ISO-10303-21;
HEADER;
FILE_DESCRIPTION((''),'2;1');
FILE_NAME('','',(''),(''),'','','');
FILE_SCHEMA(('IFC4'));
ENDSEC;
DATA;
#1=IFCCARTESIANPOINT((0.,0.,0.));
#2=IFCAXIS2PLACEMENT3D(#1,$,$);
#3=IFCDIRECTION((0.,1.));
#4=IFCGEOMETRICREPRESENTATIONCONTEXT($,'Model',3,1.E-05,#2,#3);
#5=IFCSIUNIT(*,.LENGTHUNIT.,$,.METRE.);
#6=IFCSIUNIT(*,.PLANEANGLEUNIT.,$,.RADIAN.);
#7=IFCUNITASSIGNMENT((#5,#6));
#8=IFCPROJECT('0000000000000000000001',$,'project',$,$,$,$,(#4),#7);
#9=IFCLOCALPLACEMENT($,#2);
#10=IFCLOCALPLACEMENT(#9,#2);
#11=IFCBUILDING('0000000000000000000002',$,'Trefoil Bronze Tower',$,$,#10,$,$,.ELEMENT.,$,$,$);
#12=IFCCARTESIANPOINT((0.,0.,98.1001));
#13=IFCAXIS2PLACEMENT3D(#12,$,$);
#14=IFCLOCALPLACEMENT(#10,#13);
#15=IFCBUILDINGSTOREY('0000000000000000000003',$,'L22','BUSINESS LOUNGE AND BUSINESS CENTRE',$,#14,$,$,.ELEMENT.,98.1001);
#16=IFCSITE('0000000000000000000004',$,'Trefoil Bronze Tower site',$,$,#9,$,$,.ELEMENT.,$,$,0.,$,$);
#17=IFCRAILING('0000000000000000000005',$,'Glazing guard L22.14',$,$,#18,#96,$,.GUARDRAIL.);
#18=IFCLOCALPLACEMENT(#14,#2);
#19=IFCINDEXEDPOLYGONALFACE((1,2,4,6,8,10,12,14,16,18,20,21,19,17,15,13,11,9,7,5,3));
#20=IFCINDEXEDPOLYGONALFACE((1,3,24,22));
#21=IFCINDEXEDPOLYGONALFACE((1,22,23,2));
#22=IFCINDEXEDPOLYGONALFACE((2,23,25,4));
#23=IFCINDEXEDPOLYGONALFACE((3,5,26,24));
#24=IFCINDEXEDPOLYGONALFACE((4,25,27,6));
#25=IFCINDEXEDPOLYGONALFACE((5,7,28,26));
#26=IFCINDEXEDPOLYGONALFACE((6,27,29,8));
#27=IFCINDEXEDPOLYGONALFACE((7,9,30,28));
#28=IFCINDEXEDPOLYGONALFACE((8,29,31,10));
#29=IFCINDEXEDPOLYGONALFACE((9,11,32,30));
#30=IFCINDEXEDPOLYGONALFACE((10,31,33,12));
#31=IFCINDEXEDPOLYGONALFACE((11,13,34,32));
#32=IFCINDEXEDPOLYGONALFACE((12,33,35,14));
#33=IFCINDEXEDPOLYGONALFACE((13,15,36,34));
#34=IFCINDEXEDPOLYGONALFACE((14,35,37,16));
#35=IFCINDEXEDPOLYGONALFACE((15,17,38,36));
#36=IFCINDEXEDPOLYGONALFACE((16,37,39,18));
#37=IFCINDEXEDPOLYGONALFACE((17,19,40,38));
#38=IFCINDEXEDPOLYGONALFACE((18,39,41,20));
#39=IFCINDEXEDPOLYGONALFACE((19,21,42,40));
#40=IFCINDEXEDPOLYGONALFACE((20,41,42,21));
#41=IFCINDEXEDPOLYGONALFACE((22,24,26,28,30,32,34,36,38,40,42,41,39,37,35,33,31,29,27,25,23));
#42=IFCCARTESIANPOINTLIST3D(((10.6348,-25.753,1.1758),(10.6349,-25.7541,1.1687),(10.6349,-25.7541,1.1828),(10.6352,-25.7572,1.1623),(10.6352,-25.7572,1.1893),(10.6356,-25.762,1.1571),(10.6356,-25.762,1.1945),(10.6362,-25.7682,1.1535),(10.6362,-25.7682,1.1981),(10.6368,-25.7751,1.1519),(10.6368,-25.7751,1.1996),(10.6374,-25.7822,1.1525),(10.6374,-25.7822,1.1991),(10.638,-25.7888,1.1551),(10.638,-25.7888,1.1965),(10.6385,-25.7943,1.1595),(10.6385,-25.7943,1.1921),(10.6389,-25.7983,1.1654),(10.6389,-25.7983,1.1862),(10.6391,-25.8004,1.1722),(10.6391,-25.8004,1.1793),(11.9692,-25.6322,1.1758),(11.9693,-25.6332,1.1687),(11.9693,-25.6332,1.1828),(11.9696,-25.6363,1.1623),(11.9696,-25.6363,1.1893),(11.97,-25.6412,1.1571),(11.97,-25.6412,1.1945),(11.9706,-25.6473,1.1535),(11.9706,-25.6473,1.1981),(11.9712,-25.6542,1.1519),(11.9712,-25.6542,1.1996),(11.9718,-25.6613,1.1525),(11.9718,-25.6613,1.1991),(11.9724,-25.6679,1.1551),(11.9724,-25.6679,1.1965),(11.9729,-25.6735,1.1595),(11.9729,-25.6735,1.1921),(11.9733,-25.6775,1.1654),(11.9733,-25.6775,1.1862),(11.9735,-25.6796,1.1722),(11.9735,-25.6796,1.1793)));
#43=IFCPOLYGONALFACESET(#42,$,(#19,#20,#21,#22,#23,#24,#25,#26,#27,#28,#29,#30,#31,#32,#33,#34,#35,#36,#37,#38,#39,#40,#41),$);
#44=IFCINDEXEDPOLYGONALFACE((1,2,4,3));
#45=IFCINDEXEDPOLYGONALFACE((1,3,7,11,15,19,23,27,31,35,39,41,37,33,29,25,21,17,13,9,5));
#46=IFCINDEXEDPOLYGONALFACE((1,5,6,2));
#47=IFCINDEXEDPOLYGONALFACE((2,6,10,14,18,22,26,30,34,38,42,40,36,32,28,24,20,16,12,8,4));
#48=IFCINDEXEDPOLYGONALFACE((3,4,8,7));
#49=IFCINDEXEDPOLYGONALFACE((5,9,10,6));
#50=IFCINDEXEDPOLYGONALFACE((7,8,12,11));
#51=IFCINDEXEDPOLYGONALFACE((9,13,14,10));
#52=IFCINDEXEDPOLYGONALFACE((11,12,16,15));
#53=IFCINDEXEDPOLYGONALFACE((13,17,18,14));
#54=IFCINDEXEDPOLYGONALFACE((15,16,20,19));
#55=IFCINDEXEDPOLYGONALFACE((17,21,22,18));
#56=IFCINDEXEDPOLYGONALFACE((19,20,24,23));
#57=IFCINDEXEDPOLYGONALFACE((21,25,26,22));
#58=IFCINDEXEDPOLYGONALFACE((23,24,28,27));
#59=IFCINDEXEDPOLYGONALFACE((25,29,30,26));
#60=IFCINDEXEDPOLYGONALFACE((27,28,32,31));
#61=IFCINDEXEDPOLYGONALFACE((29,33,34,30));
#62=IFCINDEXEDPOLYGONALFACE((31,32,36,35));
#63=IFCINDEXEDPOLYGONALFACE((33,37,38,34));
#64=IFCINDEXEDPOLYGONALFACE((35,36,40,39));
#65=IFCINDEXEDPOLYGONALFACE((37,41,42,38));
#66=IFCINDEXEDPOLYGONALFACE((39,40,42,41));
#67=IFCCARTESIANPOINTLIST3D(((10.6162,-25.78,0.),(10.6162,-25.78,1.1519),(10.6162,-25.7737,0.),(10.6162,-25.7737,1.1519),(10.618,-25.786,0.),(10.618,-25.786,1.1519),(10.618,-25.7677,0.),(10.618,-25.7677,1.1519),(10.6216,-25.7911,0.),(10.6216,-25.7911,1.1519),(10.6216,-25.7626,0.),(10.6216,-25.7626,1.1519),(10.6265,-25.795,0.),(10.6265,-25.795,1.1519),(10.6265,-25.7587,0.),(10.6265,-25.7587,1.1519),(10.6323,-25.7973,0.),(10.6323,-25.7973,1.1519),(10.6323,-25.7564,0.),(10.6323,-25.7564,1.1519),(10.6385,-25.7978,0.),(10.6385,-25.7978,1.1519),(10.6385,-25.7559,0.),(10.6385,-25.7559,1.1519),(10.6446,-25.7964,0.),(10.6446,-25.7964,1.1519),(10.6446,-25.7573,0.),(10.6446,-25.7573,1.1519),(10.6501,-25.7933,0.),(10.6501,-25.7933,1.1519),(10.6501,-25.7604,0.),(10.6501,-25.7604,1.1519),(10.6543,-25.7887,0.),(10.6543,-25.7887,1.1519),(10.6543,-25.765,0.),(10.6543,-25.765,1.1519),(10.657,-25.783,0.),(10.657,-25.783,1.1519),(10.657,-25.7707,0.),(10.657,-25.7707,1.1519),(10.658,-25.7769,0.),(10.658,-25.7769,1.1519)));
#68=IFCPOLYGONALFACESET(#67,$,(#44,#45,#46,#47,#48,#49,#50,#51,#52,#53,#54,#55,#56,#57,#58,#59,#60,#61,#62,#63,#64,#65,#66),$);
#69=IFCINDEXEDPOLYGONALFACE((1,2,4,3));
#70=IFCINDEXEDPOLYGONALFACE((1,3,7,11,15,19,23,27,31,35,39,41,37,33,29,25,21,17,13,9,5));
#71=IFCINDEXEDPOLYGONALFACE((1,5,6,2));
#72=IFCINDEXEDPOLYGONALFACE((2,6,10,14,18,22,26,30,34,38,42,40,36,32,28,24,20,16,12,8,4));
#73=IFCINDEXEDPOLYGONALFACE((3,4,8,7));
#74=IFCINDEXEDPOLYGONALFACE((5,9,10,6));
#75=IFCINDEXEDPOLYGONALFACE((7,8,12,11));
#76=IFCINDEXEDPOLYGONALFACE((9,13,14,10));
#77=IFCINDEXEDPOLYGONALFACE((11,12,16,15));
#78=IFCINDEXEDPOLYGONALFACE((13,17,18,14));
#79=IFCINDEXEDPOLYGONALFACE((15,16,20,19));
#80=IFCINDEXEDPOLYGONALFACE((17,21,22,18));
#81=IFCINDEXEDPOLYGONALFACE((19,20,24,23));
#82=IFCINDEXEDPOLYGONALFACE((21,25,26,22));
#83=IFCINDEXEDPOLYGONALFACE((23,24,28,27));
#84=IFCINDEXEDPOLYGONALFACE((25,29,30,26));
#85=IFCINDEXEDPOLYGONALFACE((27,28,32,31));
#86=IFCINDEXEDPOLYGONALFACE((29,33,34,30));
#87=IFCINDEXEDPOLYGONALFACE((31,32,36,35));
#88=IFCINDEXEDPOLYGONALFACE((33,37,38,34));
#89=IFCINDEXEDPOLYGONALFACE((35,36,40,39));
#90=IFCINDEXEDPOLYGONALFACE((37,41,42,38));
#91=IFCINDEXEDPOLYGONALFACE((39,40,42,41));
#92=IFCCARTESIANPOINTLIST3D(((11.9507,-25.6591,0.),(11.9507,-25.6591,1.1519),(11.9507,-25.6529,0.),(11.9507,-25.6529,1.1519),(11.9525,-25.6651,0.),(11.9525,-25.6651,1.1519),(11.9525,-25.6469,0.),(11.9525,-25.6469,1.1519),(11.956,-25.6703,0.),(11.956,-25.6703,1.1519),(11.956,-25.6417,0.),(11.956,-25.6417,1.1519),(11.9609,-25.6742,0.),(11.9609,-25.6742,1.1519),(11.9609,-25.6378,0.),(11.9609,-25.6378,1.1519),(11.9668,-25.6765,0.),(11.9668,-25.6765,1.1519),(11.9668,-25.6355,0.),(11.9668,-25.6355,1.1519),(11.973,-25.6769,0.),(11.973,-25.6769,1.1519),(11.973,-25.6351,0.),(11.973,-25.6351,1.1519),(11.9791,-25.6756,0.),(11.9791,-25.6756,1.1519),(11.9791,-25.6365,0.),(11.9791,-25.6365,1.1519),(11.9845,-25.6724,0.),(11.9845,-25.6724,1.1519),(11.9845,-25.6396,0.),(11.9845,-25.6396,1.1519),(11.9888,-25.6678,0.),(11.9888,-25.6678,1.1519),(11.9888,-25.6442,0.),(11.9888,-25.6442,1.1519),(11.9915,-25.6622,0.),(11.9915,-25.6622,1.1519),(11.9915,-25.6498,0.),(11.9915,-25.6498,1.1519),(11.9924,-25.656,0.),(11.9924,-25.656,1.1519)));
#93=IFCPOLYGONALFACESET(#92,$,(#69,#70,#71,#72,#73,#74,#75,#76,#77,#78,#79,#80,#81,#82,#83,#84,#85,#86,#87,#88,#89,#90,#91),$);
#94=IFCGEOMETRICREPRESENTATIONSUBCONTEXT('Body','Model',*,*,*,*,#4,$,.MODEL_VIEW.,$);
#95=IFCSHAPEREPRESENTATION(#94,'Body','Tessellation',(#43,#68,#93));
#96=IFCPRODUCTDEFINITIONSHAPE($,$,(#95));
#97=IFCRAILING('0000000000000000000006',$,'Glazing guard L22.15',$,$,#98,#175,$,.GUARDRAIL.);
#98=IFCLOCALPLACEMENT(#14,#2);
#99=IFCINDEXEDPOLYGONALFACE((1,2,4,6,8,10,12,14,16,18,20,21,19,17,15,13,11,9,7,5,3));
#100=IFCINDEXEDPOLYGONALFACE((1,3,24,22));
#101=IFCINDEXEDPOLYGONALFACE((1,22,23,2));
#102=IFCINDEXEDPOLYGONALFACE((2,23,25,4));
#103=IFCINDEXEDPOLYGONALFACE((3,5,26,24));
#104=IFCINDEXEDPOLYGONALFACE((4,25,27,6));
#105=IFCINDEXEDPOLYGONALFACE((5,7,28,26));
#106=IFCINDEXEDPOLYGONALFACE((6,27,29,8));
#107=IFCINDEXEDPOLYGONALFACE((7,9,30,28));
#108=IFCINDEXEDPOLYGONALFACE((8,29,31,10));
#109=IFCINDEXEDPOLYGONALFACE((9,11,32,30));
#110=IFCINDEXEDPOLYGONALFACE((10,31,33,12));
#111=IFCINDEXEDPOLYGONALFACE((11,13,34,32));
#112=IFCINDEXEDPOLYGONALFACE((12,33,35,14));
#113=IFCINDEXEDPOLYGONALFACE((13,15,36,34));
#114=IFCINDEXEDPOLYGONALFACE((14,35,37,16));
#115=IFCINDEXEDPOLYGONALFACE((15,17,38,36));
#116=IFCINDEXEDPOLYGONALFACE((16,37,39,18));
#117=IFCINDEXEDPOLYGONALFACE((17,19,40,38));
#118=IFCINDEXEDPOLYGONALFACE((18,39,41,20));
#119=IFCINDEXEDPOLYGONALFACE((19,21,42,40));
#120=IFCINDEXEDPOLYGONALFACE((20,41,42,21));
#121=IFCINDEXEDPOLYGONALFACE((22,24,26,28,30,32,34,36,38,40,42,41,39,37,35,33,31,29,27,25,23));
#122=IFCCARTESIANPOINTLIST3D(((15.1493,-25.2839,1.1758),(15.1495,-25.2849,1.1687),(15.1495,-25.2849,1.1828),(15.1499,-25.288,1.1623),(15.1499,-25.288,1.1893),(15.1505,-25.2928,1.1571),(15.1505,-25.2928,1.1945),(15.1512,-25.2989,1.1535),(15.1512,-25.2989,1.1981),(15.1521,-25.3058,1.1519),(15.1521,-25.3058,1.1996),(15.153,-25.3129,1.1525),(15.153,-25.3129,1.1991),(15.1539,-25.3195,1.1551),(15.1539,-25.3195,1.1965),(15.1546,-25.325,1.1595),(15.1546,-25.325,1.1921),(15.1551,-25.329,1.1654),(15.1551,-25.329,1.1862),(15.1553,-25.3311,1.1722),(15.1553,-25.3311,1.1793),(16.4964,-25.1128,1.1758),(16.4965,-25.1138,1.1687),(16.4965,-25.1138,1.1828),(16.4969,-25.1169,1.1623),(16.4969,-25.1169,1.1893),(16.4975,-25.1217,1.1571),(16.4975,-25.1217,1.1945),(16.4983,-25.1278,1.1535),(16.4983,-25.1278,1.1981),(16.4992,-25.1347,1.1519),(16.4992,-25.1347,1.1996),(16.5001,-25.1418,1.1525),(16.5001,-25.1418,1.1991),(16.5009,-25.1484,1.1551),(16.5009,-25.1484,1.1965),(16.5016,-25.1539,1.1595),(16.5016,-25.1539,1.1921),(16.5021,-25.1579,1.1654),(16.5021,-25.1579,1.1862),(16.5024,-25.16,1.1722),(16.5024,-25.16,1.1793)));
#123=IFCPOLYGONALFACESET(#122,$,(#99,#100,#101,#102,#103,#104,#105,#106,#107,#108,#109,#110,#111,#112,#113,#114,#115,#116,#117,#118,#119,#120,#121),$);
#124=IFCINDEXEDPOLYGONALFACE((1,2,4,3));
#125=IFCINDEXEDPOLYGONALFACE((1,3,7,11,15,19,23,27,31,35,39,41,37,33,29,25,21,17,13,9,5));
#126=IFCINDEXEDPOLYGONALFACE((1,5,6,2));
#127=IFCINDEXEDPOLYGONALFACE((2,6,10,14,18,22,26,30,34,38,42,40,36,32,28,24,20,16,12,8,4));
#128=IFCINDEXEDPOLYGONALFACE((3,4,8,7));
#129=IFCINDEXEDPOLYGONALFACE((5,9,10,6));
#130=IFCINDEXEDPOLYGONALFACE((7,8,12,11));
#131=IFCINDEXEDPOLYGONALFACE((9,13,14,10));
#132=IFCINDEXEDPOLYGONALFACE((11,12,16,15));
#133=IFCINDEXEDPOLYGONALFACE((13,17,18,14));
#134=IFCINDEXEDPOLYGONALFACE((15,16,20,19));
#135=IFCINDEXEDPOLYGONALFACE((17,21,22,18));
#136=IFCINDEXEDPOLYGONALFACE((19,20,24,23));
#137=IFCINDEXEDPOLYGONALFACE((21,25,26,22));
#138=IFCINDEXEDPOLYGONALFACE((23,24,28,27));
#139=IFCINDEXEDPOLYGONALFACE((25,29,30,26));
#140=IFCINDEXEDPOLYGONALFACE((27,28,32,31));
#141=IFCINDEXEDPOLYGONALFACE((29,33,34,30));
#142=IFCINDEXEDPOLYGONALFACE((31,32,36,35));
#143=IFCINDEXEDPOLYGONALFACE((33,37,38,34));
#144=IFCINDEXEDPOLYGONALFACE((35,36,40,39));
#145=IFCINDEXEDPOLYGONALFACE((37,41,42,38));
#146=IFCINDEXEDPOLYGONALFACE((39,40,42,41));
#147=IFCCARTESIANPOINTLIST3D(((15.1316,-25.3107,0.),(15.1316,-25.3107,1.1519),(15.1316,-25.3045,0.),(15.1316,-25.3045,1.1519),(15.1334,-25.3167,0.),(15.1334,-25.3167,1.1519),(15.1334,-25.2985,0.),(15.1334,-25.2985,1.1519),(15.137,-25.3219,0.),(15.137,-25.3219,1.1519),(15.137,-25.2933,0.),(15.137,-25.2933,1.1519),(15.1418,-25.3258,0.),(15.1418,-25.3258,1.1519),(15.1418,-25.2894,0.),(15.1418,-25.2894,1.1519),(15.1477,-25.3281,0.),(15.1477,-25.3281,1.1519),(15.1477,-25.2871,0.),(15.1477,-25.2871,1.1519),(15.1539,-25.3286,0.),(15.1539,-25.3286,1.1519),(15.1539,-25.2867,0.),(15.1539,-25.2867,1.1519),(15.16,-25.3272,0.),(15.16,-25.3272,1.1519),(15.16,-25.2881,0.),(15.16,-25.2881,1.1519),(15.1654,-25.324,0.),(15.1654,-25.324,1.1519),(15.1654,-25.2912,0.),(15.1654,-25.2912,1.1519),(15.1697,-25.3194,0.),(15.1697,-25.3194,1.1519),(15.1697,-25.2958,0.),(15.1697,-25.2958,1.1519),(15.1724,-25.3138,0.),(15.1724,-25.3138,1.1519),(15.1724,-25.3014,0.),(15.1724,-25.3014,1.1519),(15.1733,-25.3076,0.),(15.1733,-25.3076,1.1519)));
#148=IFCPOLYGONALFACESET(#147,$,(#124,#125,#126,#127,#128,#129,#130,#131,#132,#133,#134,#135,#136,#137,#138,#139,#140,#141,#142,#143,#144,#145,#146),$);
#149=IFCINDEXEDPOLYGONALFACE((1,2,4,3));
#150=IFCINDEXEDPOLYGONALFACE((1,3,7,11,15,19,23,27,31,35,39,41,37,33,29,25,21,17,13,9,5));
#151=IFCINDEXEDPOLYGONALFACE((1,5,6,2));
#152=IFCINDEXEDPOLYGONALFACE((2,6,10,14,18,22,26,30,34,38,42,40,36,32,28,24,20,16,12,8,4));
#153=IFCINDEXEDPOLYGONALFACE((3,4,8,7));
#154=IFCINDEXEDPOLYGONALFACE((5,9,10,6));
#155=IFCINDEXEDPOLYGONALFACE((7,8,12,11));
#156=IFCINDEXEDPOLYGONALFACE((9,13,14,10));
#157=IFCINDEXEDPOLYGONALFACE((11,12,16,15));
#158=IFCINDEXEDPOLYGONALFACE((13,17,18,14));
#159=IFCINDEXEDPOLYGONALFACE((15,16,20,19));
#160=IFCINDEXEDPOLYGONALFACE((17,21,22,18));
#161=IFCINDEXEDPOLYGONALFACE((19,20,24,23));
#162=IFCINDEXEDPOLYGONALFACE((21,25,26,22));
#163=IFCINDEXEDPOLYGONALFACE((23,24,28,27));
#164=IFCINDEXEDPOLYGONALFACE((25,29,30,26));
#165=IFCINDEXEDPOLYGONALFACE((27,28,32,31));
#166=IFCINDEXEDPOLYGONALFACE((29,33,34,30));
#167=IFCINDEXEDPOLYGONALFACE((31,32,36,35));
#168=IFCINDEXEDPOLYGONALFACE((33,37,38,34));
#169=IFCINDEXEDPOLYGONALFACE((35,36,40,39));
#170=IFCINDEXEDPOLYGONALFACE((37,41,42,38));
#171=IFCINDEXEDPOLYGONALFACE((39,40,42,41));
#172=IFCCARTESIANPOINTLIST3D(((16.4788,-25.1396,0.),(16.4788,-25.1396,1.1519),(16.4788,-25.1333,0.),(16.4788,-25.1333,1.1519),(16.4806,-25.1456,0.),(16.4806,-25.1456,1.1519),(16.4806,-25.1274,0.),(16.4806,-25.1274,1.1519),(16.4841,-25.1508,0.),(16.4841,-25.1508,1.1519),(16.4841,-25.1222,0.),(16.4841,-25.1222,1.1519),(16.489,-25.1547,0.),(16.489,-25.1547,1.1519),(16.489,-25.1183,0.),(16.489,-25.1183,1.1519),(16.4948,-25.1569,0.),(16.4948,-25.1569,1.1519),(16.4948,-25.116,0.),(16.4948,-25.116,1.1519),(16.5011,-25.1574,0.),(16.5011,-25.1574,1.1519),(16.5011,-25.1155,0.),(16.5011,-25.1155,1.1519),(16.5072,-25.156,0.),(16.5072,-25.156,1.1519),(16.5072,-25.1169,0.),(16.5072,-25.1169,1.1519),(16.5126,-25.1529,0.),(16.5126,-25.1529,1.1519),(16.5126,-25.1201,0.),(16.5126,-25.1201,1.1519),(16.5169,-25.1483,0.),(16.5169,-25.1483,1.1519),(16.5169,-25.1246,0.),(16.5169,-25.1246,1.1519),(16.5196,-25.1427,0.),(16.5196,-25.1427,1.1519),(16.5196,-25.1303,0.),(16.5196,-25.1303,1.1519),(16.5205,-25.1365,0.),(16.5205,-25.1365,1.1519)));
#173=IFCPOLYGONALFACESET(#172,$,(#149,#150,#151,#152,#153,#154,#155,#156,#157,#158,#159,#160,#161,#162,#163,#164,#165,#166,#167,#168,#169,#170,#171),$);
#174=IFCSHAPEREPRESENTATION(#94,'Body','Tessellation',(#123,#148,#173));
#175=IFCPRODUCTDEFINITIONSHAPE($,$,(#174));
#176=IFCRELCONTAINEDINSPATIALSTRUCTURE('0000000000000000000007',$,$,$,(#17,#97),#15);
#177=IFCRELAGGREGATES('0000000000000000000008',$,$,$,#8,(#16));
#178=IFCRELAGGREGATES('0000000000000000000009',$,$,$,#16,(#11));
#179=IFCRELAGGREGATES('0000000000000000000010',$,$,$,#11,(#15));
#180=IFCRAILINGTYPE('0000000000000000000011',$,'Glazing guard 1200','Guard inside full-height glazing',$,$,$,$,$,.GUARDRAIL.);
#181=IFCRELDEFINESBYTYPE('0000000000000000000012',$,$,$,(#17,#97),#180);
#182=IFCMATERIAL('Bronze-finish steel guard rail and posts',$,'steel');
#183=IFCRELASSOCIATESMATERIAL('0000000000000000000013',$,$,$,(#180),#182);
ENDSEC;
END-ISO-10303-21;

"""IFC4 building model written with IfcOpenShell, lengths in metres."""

from ifc_helpers import new_model, si_unit, direction, frame, origin, origin_2d, place, context, subcontext, project, spatial, circle, extrude, material, type_object, element, save


model = new_model("IFC4")

# Units and contexts
model_context = context("Model", 3, precision=1e-05, world=origin(), true_north=direction((0.0, 1.0)))
body_context = subcontext(model_context, "Body", "Model", "MODEL_VIEW")
ifc_project = project(units=[si_unit("LENGTHUNIT", "METRE"), si_unit("PLANEANGLEUNIT", "RADIAN")], contexts=[model_context])

# Site, building, storey
site_placement = place(None, origin())
site = spatial("IfcSite", under=ifc_project, at=site_placement, Name="Trefoil Bronze Tower site", CompositionType="ELEMENT", RefElevation=0.0)
building_placement = place(site_placement, origin())
building = spatial("IfcBuilding", under=site, at=building_placement, Name="Trefoil Bronze Tower", CompositionType="ELEMENT")
storey_placement = place(building_placement, frame((0.0, 0.0, 98.1001)))
storey = spatial("IfcBuildingStorey", under=building, at=storey_placement, Name="L22", Description="BUSINESS LOUNGE AND BUSINESS CENTRE", CompositionType="ELEMENT", Elevation=98.1001)

# Railings
ifc_material_1 = material(Name="Bronze-finish steel guard rail and posts", Category="steel")
railing_type = type_object("IfcRailingType", Name="Glazing guard 1200", Description="Guard inside full-height glazing", PredefinedType="GUARDRAIL", material=ifc_material_1)
railing_1_placement = place(storey_placement, frame((10.637, -25.7769, 0.0)))
element("IfcRailing", 1, at=railing_1_placement, inside=storey, type_object=railing_type, Name="Glazing guard L22.14", PredefinedType="GUARDRAIL", context=body_context, shape_type="SweptSolid", body=[
    extrude(circle(Radius=0.0239, at=origin_2d()), frame((0.0, 0.0, 1.1758), z_axis=(0.995925, 0.090191, 0.0), x_axis=(-0.090191, 0.995925, 0.0)), (0.0, 0.0, 1.0), 1.3398),
    extrude(circle(Radius=0.021, at=origin_2d()), origin(), (0.0, 0.0, 1.0), 1.1519),
    extrude(circle(Radius=0.021, at=origin_2d()), frame((1.3345, 0.1208, 0.0)), (0.0, 0.0, 1.0), 1.1519),
])
railing_2_placement = place(storey_placement, frame((15.1523, -25.3076, 0.0)))
element("IfcRailing", 2, at=railing_2_placement, inside=storey, type_object=railing_type, Name="Glazing guard L22.15", PredefinedType="GUARDRAIL", context=body_context, shape_type="SweptSolid", body=[
    extrude(circle(Radius=0.0239, at=origin_2d()), frame((0.0, 0.0, 1.1758), z_axis=(0.992027, 0.126026, 0.0), x_axis=(-0.126026, 0.992027, 0.0)), (0.0, 0.0, 1.0), 1.3579),
    extrude(circle(Radius=0.021, at=origin_2d()), origin(), (0.0, 0.0, 1.0), 1.1519),
    extrude(circle(Radius=0.021, at=origin_2d()), frame((1.3472, 0.1711, 0.0)), (0.0, 0.0, 1.0), 1.1519),
])

save(model, "model.ifc")
